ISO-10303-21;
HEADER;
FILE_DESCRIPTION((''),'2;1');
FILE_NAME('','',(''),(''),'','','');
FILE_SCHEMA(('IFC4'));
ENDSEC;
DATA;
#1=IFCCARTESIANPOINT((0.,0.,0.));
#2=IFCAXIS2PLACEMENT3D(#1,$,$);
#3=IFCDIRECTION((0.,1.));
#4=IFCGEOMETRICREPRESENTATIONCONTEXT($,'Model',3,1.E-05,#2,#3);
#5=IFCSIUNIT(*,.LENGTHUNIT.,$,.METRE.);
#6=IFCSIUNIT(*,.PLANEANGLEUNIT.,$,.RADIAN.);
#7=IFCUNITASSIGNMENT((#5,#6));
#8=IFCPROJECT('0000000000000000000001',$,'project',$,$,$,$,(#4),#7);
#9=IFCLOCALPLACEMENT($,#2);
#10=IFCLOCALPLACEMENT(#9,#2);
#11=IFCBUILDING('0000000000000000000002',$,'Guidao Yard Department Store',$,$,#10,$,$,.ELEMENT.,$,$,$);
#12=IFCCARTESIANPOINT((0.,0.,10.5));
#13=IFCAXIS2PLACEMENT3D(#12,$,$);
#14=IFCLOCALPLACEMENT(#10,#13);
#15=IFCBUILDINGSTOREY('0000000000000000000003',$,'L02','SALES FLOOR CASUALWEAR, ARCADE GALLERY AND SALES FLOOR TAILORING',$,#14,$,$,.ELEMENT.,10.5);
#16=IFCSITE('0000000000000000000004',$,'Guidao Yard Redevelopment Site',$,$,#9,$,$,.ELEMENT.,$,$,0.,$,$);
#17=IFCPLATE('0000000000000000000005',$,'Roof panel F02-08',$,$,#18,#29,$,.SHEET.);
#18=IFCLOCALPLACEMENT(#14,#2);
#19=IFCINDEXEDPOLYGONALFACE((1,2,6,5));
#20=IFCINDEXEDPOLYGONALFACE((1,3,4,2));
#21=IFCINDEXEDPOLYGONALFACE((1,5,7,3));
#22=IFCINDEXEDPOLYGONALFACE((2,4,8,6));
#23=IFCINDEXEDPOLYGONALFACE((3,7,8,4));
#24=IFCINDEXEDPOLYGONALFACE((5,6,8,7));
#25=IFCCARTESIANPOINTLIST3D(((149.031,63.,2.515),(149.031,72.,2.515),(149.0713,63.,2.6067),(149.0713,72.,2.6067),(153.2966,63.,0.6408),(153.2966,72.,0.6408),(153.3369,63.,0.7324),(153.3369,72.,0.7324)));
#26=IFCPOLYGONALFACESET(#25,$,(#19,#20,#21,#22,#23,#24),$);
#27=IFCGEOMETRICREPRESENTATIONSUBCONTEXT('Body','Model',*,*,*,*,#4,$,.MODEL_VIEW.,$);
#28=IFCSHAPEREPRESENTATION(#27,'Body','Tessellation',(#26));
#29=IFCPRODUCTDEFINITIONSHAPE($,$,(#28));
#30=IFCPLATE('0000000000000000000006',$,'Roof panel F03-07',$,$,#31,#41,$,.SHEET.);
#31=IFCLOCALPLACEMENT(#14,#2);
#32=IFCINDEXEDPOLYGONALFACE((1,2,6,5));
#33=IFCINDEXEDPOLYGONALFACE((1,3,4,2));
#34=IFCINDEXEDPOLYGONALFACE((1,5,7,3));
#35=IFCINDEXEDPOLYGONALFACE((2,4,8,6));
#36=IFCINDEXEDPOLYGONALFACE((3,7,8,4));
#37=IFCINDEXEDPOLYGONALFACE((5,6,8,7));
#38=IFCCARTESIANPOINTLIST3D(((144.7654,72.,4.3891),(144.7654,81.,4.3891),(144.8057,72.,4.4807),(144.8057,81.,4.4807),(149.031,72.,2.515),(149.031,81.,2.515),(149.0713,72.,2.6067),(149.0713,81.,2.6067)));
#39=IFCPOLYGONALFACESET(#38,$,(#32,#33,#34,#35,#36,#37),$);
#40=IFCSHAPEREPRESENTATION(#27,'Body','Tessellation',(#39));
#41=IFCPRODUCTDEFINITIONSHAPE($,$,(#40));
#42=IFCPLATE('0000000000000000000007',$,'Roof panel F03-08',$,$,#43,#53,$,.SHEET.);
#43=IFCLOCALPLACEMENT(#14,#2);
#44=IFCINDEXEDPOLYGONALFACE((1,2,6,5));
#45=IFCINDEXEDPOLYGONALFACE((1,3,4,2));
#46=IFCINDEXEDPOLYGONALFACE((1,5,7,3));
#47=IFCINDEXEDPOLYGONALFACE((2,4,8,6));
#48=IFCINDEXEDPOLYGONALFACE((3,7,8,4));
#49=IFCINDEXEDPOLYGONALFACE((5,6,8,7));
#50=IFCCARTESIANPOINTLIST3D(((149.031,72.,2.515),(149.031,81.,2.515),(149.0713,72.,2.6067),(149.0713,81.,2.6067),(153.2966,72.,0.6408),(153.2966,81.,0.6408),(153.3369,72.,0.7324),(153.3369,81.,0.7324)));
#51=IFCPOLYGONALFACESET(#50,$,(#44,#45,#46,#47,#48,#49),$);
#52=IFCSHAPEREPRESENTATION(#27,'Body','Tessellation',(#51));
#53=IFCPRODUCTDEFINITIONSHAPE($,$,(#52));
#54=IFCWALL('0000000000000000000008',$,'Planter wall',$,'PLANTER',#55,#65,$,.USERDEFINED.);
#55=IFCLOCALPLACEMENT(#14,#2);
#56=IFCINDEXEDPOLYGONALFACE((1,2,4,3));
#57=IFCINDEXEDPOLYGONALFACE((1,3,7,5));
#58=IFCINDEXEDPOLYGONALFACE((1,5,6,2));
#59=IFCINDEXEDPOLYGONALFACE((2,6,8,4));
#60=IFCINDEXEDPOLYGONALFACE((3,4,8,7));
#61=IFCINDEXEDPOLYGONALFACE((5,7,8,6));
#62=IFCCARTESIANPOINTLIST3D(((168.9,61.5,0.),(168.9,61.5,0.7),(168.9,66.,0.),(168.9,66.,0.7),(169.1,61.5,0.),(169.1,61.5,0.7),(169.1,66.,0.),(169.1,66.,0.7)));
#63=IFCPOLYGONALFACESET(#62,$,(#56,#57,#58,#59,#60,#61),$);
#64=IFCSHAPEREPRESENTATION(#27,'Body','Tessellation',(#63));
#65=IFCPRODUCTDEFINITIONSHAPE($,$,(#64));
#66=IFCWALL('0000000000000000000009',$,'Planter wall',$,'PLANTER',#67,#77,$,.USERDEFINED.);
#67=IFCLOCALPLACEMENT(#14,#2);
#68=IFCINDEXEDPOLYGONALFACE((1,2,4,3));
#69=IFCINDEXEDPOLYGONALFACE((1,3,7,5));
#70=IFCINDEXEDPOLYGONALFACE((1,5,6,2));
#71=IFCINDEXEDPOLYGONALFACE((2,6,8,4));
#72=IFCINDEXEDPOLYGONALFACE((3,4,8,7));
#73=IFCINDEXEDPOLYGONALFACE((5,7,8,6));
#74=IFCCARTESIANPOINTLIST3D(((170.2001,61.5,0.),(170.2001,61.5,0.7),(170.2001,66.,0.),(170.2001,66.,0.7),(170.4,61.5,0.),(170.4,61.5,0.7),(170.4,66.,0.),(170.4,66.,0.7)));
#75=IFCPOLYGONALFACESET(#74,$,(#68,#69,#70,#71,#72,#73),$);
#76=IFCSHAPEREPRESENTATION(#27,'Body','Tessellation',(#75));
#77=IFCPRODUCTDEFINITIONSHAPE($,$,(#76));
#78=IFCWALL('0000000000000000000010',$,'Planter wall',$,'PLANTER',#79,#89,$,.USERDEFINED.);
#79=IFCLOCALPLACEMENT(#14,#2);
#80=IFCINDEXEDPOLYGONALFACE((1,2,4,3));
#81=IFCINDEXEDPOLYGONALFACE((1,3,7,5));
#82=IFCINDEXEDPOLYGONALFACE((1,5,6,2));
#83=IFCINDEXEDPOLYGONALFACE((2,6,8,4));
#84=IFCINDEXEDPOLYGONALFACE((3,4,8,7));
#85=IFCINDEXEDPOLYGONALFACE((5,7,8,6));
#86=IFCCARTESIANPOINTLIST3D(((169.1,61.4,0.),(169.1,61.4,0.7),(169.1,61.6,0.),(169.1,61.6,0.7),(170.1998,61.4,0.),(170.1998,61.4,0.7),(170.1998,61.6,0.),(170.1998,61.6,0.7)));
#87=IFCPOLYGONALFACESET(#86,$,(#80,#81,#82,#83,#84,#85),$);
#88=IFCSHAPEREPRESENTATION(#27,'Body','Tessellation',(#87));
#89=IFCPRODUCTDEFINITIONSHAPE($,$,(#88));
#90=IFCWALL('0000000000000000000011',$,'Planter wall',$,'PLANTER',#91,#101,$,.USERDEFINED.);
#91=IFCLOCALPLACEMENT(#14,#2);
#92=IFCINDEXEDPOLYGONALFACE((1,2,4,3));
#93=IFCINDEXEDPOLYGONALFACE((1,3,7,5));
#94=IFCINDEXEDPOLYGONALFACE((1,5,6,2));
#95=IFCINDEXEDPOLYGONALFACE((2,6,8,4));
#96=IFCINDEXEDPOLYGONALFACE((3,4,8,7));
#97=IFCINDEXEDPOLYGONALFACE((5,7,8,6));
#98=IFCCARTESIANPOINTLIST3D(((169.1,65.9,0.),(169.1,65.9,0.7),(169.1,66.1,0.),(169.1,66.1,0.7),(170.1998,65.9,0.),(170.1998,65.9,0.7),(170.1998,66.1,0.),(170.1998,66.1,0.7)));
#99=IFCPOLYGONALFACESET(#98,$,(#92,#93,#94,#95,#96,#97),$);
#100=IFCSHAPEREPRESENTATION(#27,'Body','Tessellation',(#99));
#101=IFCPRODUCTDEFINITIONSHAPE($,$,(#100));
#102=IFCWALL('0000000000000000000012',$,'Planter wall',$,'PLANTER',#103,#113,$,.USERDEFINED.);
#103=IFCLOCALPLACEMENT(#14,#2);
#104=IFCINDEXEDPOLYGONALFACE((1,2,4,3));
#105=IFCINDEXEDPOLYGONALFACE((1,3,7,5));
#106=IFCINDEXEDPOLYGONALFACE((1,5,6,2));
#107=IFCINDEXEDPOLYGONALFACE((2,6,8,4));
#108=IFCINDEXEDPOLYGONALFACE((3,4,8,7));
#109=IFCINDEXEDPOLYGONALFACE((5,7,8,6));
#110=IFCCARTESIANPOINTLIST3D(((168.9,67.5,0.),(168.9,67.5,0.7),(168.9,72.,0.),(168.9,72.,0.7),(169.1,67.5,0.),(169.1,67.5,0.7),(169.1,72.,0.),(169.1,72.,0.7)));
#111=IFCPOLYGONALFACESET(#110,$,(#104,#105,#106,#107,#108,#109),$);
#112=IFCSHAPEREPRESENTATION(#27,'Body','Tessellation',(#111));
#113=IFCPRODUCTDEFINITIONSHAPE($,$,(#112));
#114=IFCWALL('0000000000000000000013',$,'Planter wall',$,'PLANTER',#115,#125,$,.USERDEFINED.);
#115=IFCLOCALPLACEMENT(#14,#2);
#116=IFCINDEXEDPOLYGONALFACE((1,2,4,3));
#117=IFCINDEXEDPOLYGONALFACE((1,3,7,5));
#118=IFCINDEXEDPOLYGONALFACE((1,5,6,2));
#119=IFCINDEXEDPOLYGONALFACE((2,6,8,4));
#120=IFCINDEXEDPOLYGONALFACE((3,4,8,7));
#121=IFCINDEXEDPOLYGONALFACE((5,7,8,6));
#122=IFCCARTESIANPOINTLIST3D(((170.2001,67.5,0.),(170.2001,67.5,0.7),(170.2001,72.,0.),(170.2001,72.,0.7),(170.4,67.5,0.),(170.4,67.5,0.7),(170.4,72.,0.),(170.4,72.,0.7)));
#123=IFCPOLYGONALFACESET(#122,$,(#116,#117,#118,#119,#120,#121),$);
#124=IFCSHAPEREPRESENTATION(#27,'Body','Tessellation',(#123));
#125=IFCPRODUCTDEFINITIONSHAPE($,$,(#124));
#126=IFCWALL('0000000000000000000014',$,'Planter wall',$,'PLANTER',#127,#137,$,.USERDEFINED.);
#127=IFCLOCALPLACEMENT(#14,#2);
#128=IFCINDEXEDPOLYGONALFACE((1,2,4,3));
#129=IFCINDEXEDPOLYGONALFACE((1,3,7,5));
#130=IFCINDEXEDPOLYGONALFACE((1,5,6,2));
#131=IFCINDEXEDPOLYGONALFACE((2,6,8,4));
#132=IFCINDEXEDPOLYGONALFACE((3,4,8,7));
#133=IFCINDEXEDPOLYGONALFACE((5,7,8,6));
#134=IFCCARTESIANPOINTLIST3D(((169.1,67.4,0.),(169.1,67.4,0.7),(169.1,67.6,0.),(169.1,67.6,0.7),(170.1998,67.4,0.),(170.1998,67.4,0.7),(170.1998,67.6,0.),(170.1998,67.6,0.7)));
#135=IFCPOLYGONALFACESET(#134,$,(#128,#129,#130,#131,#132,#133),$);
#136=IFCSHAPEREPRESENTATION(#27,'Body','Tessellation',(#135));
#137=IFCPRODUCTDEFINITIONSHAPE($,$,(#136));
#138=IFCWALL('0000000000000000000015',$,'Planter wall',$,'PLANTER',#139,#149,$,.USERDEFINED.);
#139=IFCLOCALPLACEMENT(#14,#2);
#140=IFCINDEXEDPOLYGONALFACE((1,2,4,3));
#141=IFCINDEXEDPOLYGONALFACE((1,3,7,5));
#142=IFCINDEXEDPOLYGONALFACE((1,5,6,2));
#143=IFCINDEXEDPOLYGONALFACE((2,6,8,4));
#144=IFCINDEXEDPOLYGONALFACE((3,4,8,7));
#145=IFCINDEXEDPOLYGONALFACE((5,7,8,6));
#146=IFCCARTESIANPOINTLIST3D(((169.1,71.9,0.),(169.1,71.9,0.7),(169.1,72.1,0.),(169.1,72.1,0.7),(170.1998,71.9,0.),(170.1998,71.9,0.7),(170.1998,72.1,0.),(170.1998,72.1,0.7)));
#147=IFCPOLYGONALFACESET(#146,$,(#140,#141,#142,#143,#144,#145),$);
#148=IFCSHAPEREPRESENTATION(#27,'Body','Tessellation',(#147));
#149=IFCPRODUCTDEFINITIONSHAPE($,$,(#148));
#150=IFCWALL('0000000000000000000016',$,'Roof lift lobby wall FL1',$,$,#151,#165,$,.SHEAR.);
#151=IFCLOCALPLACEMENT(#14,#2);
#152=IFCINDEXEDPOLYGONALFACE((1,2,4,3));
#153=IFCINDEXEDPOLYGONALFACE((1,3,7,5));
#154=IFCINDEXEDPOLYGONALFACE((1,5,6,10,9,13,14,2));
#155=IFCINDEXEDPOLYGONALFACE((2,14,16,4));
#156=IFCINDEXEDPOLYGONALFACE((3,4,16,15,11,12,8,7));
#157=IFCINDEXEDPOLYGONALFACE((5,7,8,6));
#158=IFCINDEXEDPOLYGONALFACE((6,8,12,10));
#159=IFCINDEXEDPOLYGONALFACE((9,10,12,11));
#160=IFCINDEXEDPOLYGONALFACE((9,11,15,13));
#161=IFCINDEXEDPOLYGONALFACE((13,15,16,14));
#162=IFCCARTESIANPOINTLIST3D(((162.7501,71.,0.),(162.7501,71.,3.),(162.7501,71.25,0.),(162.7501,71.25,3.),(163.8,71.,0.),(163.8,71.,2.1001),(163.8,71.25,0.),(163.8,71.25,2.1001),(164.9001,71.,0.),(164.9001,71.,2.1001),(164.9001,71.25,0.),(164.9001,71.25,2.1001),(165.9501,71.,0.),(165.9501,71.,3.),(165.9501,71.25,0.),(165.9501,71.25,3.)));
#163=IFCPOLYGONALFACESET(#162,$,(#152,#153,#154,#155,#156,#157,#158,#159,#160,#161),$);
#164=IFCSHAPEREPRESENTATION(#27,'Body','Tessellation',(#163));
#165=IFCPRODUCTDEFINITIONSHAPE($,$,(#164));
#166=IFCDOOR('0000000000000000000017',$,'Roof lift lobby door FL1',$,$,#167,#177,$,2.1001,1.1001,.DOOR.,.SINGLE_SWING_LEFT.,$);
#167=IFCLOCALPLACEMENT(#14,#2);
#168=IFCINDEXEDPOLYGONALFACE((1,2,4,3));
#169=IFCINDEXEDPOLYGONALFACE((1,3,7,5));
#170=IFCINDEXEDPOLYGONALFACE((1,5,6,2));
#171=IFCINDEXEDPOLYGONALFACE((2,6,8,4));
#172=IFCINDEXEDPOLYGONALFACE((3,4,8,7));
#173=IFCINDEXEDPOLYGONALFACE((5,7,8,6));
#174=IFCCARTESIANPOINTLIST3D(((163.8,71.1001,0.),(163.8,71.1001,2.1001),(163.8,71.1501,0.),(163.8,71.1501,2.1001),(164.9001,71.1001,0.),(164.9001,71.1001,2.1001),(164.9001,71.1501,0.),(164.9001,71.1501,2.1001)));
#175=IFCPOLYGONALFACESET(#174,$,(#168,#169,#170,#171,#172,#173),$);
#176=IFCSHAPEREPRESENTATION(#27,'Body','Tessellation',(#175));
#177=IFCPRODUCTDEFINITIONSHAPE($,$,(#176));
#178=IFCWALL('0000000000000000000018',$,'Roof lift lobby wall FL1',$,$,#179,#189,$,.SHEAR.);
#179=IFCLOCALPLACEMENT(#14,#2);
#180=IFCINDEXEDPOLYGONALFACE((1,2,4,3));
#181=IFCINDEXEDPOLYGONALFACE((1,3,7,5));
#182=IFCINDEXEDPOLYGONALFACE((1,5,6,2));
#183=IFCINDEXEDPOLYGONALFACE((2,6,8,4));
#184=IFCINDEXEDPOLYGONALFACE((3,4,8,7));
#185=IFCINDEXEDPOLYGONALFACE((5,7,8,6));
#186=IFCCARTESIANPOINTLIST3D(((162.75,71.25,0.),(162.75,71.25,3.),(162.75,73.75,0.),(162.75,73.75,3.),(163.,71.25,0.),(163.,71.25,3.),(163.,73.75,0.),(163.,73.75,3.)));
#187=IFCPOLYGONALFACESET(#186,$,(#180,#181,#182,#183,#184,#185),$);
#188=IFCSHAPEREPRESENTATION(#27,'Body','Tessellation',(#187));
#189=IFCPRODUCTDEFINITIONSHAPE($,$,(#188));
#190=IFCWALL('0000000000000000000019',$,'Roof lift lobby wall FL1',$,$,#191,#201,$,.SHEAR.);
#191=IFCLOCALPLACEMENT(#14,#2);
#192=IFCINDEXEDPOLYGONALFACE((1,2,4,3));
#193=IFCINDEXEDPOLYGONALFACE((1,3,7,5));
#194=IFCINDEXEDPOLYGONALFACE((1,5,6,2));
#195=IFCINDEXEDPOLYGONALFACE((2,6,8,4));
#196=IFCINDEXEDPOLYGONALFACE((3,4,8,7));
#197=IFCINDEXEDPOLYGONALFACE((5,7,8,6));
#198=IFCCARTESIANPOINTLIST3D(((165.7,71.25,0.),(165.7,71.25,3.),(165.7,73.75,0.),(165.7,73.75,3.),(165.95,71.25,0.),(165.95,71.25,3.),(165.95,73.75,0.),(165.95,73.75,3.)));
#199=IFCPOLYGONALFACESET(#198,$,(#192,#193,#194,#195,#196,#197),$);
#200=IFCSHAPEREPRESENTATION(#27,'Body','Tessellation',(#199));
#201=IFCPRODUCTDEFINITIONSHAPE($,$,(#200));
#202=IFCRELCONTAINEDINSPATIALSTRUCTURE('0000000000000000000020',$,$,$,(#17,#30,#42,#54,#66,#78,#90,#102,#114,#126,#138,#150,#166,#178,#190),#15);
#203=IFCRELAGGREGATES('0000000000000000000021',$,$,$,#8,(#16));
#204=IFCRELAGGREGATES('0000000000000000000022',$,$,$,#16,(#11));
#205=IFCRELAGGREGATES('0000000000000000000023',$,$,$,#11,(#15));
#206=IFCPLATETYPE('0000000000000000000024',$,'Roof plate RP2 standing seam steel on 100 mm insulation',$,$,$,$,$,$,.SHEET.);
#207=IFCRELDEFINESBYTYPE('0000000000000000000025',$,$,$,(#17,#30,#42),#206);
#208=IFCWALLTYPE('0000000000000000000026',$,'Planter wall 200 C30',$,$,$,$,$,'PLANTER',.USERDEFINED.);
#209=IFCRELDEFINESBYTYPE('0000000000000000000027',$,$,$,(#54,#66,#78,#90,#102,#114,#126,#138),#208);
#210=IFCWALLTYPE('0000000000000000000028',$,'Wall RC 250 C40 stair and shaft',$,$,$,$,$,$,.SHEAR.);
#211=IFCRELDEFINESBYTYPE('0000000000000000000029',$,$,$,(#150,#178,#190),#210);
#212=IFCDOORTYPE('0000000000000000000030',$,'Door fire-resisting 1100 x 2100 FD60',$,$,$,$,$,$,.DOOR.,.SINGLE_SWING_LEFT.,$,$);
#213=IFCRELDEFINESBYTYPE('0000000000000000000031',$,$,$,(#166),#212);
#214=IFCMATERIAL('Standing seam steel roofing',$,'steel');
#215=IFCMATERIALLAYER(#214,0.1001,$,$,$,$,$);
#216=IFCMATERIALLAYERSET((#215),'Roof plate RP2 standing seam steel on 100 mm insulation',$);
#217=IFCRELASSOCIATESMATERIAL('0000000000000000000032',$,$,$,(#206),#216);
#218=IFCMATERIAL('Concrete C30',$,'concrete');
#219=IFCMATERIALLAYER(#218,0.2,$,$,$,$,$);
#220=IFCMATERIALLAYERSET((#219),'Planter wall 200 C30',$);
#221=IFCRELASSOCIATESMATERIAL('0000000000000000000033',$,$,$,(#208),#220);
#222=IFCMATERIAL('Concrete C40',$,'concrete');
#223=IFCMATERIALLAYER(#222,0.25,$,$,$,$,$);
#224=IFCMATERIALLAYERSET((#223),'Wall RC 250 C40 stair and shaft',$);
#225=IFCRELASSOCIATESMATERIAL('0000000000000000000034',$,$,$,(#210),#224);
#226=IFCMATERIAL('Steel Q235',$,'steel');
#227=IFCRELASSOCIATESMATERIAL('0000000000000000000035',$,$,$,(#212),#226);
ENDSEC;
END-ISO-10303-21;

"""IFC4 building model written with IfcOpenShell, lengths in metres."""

from ifc_helpers import new_model, si_unit, direction, frame, frame_2d, origin, place, context, subcontext, project, spatial, polyline, rectangle, outline, extrude, material, layer, layer_set, type_object, element, fill, save


model = new_model("IFC4")

# Units and contexts
model_context = context("Model", 3, precision=1e-05, world=origin(), true_north=direction((0.0, 1.0)))
body_context = subcontext(model_context, "Body", "Model", "MODEL_VIEW")
ifc_project = project(units=[si_unit("LENGTHUNIT", "METRE"), si_unit("PLANEANGLEUNIT", "RADIAN")], contexts=[model_context])

# Site, building, storey
site_placement = place(None, origin())
site = spatial("IfcSite", under=ifc_project, at=site_placement, Name="Guidao Yard Redevelopment Site", CompositionType="ELEMENT", RefElevation=0.0)
building_placement = place(site_placement, origin())
building = spatial("IfcBuilding", under=site, at=building_placement, Name="Guidao Yard Department Store", CompositionType="ELEMENT")
storey_placement = place(building_placement, frame((0.0, 0.0, 10.5)))
storey = spatial("IfcBuildingStorey", under=building, at=storey_placement, Name="L02", Description="SALES FLOOR CASUALWEAR, ARCADE GALLERY AND SALES FLOOR TAILORING", CompositionType="ELEMENT", Elevation=10.5)

# Plates
ifc_material_1 = material(Name="Standing seam steel roofing", Category="steel")
ifc_layer_1 = layer(ifc_material_1, 0.1001)
ifc_layer_set_1 = layer_set([ifc_layer_1], Name="Roof plate RP2 standing seam steel on 100 mm insulation")
plate_type = type_object("IfcPlateType", Name="Roof plate RP2 standing seam steel on 100 mm insulation", PredefinedType="SHEET", material=ifc_layer_set_1)
plate_1_placement = place(storey_placement, frame((149.0713, 63.0, 2.6067), z_axis=(0.40227, 0.0, 0.915521), x_axis=(0.915521, 0.0, -0.40227)))
element("IfcPlate", 1, at=plate_1_placement, inside=storey, type_object=plate_type, Name="Roof panel F02-08", PredefinedType="SHEET", context=body_context, shape_type="SweptSolid", body=[
    extrude(outline(polyline([(0.0, 0.0), (4.6592, 0.0), (4.6592, 9.0), (0.0, 9.0), (0.0, 0.0)])), origin(), (0.0, 0.0, -1.0), 0.1001),
])
plate_2_placement = place(storey_placement, frame((144.8057, 72.0, 4.4807), z_axis=(0.402226, 0.0, 0.915541), x_axis=(0.915541, 0.0, -0.402226)))
element("IfcPlate", 2, at=plate_2_placement, inside=storey, type_object=plate_type, Name="Roof panel F03-07", PredefinedType="SHEET", context=body_context, shape_type="SweptSolid", body=[
    extrude(outline(polyline([(0.0, 0.0), (4.6591, 0.0), (4.6591, 9.0), (0.0, 9.0), (0.0, 0.0)])), origin(), (0.0, 0.0, -1.0), 0.1001),
])
plate_3_placement = place(storey_placement, frame((149.0713, 72.0, 2.6067), z_axis=(0.40227, 0.0, 0.915521), x_axis=(0.915521, 0.0, -0.40227)))
element("IfcPlate", 3, at=plate_3_placement, inside=storey, type_object=plate_type, Name="Roof panel F03-08", PredefinedType="SHEET", context=body_context, shape_type="SweptSolid", body=[
    extrude(outline(polyline([(0.0, 0.0), (4.6592, 0.0), (4.6592, 9.0), (0.0, 9.0), (0.0, 0.0)])), origin(), (0.0, 0.0, -1.0), 0.1001),
])

# Walls
ifc_material_2 = material(Name="Concrete C30", Category="concrete")
ifc_layer_2 = layer(ifc_material_2, 0.2)
ifc_layer_set_2 = layer_set([ifc_layer_2], Name="Planter wall 200 C30")
wall_type_1 = type_object("IfcWallType", Name="Planter wall 200 C30", ElementType="PLANTER", PredefinedType="USERDEFINED", material=ifc_layer_set_2)
for number, where, z_axis, x_axis, name in (
    (4, (169.0, 61.5, 0.0), (0.0, 0.0, 1.0), (0.0, 1.0, 0.0), "Planter wall"),
    (5, (170.3, 61.5, 0.0), (0.0, 0.0, 1.0), (0.0, 1.0, 0.0), "Planter wall"),
):
    element("IfcWall", number, at=place(storey_placement, frame(where, z_axis=z_axis, x_axis=x_axis)), inside=storey, type_object=wall_type_1, Name=name, ObjectType="PLANTER", PredefinedType="USERDEFINED", context=body_context, shape_type="SweptSolid", body=[
        extrude(rectangle(XDim=4.5, YDim=0.2, at=frame_2d((2.25, 0.0))), origin(), (0.0, 0.0, 1.0), 0.7),
    ])
for number, where, z_axis, x_axis, name in (
    (6, (169.1001, 61.5, 0.0), (0.0, 0.0, 1.0), (1.0, 0.0, 0.0), "Planter wall"),
    (7, (169.1001, 66.0, 0.0), (0.0, 0.0, 1.0), (1.0, 0.0, 0.0), "Planter wall"),
):
    element("IfcWall", number, at=place(storey_placement, frame(where, z_axis=z_axis, x_axis=x_axis)), inside=storey, type_object=wall_type_1, Name=name, ObjectType="PLANTER", PredefinedType="USERDEFINED", context=body_context, shape_type="SweptSolid", body=[
        extrude(rectangle(XDim=1.0999, YDim=0.2, at=frame_2d((0.5498, 0.0))), origin(), (0.0, 0.0, 1.0), 0.7),
    ])
for number, where, z_axis, x_axis, name in (
    (8, (169.0, 67.5, 0.0), (0.0, 0.0, 1.0), (0.0, 1.0, 0.0), "Planter wall"),
    (9, (170.3, 67.5, 0.0), (0.0, 0.0, 1.0), (0.0, 1.0, 0.0), "Planter wall"),
):
    element("IfcWall", number, at=place(storey_placement, frame(where, z_axis=z_axis, x_axis=x_axis)), inside=storey, type_object=wall_type_1, Name=name, ObjectType="PLANTER", PredefinedType="USERDEFINED", context=body_context, shape_type="SweptSolid", body=[
        extrude(rectangle(XDim=4.5, YDim=0.2, at=frame_2d((2.25, 0.0))), origin(), (0.0, 0.0, 1.0), 0.7),
    ])
for number, where, z_axis, x_axis, name in (
    (10, (169.1001, 67.5, 0.0), (0.0, 0.0, 1.0), (1.0, 0.0, 0.0), "Planter wall"),
    (11, (169.1001, 72.0, 0.0), (0.0, 0.0, 1.0), (1.0, 0.0, 0.0), "Planter wall"),
):
    element("IfcWall", number, at=place(storey_placement, frame(where, z_axis=z_axis, x_axis=x_axis)), inside=storey, type_object=wall_type_1, Name=name, ObjectType="PLANTER", PredefinedType="USERDEFINED", context=body_context, shape_type="SweptSolid", body=[
        extrude(rectangle(XDim=1.0999, YDim=0.2, at=frame_2d((0.5498, 0.0))), origin(), (0.0, 0.0, 1.0), 0.7),
    ])

# Wall, opening, door
ifc_material_3 = material(Name="Concrete C40", Category="concrete")
ifc_layer_3 = layer(ifc_material_3, 0.25)
ifc_layer_set_3 = layer_set([ifc_layer_3], Name="Wall RC 250 C40 stair and shaft")
wall_type_2 = type_object("IfcWallType", Name="Wall RC 250 C40 stair and shaft", PredefinedType="SHEAR", material=ifc_layer_set_3)
wall_placement = place(storey_placement, frame((162.75, 71.125, 0.0), z_axis=(0.0, 0.0, 1.0), x_axis=(1.0, 0.0, 0.0)))
wall = element("IfcWall", 12, at=wall_placement, inside=storey, type_object=wall_type_2, Name="Roof lift lobby wall FL1", PredefinedType="SHEAR", context=body_context, shape_type="SweptSolid", body=[
    extrude(rectangle(XDim=3.2, YDim=0.25, at=frame_2d((1.6001, 0.0))), origin(), (0.0, 0.0, 1.0), 3.0),
])
opening_placement = place(wall_placement, frame((2.1501, 0.0, 0.0), z_axis=(0.0, 0.0, 1.0), x_axis=(-1.0, 0.0, 0.0)))
opening = element("IfcOpeningElement", 13, at=opening_placement, cuts=wall, PredefinedType="OPENING", context=body_context, shape_type="SweptSolid", body=[
    extrude(rectangle(XDim=1.1001, YDim=2.1001, at=frame_2d((0.55, 1.05))), frame((0.0, 0.135, 0.0), z_axis=(0.0, -1.0, 0.0), x_axis=(1.0, 0.0, 0.0)), (0.0, 0.0, 1.0), 0.27),
])
ifc_material_4 = material(Name="Steel Q235", Category="steel")
door_type = type_object("IfcDoorType", Name="Door fire-resisting 1100 x 2100 FD60", OperationType="SINGLE_SWING_LEFT", PredefinedType="DOOR", material=ifc_material_4)
door_placement = place(opening_placement, origin())
door = element("IfcDoor", 14, at=door_placement, inside=storey, type_object=door_type, Name="Roof lift lobby door FL1", OperationType="SINGLE_SWING_LEFT", OverallHeight=2.1001, OverallWidth=1.1001, PredefinedType="DOOR", context=body_context, shape_type="SweptSolid", body=[
    extrude(rectangle(XDim=1.1001, YDim=2.1001, at=frame_2d((0.55, 1.05))), frame((0.0, 0.0249, 0.0), z_axis=(0.0, -1.0, 0.0), x_axis=(1.0, 0.0, 0.0)), (0.0, 0.0, 1.0), 0.05),
])
fill(opening, door)

# Walls
for number, where, z_axis, x_axis, name in (
    (15, (162.875, 71.25, 0.0), (0.0, 0.0, 1.0), (0.0, 1.0, 0.0), "Roof lift lobby wall FL1"),
    (16, (165.825, 71.25, 0.0), (0.0, 0.0, 1.0), (0.0, 1.0, 0.0), "Roof lift lobby wall FL1"),
):
    element("IfcWall", number, at=place(storey_placement, frame(where, z_axis=z_axis, x_axis=x_axis)), inside=storey, type_object=wall_type_2, Name=name, PredefinedType="SHEAR", context=body_context, shape_type="SweptSolid", body=[
        extrude(rectangle(XDim=2.5, YDim=0.25, at=frame_2d((1.25, 0.0))), origin(), (0.0, 0.0, 1.0), 3.0),
    ])

save(model, "model.ifc")
